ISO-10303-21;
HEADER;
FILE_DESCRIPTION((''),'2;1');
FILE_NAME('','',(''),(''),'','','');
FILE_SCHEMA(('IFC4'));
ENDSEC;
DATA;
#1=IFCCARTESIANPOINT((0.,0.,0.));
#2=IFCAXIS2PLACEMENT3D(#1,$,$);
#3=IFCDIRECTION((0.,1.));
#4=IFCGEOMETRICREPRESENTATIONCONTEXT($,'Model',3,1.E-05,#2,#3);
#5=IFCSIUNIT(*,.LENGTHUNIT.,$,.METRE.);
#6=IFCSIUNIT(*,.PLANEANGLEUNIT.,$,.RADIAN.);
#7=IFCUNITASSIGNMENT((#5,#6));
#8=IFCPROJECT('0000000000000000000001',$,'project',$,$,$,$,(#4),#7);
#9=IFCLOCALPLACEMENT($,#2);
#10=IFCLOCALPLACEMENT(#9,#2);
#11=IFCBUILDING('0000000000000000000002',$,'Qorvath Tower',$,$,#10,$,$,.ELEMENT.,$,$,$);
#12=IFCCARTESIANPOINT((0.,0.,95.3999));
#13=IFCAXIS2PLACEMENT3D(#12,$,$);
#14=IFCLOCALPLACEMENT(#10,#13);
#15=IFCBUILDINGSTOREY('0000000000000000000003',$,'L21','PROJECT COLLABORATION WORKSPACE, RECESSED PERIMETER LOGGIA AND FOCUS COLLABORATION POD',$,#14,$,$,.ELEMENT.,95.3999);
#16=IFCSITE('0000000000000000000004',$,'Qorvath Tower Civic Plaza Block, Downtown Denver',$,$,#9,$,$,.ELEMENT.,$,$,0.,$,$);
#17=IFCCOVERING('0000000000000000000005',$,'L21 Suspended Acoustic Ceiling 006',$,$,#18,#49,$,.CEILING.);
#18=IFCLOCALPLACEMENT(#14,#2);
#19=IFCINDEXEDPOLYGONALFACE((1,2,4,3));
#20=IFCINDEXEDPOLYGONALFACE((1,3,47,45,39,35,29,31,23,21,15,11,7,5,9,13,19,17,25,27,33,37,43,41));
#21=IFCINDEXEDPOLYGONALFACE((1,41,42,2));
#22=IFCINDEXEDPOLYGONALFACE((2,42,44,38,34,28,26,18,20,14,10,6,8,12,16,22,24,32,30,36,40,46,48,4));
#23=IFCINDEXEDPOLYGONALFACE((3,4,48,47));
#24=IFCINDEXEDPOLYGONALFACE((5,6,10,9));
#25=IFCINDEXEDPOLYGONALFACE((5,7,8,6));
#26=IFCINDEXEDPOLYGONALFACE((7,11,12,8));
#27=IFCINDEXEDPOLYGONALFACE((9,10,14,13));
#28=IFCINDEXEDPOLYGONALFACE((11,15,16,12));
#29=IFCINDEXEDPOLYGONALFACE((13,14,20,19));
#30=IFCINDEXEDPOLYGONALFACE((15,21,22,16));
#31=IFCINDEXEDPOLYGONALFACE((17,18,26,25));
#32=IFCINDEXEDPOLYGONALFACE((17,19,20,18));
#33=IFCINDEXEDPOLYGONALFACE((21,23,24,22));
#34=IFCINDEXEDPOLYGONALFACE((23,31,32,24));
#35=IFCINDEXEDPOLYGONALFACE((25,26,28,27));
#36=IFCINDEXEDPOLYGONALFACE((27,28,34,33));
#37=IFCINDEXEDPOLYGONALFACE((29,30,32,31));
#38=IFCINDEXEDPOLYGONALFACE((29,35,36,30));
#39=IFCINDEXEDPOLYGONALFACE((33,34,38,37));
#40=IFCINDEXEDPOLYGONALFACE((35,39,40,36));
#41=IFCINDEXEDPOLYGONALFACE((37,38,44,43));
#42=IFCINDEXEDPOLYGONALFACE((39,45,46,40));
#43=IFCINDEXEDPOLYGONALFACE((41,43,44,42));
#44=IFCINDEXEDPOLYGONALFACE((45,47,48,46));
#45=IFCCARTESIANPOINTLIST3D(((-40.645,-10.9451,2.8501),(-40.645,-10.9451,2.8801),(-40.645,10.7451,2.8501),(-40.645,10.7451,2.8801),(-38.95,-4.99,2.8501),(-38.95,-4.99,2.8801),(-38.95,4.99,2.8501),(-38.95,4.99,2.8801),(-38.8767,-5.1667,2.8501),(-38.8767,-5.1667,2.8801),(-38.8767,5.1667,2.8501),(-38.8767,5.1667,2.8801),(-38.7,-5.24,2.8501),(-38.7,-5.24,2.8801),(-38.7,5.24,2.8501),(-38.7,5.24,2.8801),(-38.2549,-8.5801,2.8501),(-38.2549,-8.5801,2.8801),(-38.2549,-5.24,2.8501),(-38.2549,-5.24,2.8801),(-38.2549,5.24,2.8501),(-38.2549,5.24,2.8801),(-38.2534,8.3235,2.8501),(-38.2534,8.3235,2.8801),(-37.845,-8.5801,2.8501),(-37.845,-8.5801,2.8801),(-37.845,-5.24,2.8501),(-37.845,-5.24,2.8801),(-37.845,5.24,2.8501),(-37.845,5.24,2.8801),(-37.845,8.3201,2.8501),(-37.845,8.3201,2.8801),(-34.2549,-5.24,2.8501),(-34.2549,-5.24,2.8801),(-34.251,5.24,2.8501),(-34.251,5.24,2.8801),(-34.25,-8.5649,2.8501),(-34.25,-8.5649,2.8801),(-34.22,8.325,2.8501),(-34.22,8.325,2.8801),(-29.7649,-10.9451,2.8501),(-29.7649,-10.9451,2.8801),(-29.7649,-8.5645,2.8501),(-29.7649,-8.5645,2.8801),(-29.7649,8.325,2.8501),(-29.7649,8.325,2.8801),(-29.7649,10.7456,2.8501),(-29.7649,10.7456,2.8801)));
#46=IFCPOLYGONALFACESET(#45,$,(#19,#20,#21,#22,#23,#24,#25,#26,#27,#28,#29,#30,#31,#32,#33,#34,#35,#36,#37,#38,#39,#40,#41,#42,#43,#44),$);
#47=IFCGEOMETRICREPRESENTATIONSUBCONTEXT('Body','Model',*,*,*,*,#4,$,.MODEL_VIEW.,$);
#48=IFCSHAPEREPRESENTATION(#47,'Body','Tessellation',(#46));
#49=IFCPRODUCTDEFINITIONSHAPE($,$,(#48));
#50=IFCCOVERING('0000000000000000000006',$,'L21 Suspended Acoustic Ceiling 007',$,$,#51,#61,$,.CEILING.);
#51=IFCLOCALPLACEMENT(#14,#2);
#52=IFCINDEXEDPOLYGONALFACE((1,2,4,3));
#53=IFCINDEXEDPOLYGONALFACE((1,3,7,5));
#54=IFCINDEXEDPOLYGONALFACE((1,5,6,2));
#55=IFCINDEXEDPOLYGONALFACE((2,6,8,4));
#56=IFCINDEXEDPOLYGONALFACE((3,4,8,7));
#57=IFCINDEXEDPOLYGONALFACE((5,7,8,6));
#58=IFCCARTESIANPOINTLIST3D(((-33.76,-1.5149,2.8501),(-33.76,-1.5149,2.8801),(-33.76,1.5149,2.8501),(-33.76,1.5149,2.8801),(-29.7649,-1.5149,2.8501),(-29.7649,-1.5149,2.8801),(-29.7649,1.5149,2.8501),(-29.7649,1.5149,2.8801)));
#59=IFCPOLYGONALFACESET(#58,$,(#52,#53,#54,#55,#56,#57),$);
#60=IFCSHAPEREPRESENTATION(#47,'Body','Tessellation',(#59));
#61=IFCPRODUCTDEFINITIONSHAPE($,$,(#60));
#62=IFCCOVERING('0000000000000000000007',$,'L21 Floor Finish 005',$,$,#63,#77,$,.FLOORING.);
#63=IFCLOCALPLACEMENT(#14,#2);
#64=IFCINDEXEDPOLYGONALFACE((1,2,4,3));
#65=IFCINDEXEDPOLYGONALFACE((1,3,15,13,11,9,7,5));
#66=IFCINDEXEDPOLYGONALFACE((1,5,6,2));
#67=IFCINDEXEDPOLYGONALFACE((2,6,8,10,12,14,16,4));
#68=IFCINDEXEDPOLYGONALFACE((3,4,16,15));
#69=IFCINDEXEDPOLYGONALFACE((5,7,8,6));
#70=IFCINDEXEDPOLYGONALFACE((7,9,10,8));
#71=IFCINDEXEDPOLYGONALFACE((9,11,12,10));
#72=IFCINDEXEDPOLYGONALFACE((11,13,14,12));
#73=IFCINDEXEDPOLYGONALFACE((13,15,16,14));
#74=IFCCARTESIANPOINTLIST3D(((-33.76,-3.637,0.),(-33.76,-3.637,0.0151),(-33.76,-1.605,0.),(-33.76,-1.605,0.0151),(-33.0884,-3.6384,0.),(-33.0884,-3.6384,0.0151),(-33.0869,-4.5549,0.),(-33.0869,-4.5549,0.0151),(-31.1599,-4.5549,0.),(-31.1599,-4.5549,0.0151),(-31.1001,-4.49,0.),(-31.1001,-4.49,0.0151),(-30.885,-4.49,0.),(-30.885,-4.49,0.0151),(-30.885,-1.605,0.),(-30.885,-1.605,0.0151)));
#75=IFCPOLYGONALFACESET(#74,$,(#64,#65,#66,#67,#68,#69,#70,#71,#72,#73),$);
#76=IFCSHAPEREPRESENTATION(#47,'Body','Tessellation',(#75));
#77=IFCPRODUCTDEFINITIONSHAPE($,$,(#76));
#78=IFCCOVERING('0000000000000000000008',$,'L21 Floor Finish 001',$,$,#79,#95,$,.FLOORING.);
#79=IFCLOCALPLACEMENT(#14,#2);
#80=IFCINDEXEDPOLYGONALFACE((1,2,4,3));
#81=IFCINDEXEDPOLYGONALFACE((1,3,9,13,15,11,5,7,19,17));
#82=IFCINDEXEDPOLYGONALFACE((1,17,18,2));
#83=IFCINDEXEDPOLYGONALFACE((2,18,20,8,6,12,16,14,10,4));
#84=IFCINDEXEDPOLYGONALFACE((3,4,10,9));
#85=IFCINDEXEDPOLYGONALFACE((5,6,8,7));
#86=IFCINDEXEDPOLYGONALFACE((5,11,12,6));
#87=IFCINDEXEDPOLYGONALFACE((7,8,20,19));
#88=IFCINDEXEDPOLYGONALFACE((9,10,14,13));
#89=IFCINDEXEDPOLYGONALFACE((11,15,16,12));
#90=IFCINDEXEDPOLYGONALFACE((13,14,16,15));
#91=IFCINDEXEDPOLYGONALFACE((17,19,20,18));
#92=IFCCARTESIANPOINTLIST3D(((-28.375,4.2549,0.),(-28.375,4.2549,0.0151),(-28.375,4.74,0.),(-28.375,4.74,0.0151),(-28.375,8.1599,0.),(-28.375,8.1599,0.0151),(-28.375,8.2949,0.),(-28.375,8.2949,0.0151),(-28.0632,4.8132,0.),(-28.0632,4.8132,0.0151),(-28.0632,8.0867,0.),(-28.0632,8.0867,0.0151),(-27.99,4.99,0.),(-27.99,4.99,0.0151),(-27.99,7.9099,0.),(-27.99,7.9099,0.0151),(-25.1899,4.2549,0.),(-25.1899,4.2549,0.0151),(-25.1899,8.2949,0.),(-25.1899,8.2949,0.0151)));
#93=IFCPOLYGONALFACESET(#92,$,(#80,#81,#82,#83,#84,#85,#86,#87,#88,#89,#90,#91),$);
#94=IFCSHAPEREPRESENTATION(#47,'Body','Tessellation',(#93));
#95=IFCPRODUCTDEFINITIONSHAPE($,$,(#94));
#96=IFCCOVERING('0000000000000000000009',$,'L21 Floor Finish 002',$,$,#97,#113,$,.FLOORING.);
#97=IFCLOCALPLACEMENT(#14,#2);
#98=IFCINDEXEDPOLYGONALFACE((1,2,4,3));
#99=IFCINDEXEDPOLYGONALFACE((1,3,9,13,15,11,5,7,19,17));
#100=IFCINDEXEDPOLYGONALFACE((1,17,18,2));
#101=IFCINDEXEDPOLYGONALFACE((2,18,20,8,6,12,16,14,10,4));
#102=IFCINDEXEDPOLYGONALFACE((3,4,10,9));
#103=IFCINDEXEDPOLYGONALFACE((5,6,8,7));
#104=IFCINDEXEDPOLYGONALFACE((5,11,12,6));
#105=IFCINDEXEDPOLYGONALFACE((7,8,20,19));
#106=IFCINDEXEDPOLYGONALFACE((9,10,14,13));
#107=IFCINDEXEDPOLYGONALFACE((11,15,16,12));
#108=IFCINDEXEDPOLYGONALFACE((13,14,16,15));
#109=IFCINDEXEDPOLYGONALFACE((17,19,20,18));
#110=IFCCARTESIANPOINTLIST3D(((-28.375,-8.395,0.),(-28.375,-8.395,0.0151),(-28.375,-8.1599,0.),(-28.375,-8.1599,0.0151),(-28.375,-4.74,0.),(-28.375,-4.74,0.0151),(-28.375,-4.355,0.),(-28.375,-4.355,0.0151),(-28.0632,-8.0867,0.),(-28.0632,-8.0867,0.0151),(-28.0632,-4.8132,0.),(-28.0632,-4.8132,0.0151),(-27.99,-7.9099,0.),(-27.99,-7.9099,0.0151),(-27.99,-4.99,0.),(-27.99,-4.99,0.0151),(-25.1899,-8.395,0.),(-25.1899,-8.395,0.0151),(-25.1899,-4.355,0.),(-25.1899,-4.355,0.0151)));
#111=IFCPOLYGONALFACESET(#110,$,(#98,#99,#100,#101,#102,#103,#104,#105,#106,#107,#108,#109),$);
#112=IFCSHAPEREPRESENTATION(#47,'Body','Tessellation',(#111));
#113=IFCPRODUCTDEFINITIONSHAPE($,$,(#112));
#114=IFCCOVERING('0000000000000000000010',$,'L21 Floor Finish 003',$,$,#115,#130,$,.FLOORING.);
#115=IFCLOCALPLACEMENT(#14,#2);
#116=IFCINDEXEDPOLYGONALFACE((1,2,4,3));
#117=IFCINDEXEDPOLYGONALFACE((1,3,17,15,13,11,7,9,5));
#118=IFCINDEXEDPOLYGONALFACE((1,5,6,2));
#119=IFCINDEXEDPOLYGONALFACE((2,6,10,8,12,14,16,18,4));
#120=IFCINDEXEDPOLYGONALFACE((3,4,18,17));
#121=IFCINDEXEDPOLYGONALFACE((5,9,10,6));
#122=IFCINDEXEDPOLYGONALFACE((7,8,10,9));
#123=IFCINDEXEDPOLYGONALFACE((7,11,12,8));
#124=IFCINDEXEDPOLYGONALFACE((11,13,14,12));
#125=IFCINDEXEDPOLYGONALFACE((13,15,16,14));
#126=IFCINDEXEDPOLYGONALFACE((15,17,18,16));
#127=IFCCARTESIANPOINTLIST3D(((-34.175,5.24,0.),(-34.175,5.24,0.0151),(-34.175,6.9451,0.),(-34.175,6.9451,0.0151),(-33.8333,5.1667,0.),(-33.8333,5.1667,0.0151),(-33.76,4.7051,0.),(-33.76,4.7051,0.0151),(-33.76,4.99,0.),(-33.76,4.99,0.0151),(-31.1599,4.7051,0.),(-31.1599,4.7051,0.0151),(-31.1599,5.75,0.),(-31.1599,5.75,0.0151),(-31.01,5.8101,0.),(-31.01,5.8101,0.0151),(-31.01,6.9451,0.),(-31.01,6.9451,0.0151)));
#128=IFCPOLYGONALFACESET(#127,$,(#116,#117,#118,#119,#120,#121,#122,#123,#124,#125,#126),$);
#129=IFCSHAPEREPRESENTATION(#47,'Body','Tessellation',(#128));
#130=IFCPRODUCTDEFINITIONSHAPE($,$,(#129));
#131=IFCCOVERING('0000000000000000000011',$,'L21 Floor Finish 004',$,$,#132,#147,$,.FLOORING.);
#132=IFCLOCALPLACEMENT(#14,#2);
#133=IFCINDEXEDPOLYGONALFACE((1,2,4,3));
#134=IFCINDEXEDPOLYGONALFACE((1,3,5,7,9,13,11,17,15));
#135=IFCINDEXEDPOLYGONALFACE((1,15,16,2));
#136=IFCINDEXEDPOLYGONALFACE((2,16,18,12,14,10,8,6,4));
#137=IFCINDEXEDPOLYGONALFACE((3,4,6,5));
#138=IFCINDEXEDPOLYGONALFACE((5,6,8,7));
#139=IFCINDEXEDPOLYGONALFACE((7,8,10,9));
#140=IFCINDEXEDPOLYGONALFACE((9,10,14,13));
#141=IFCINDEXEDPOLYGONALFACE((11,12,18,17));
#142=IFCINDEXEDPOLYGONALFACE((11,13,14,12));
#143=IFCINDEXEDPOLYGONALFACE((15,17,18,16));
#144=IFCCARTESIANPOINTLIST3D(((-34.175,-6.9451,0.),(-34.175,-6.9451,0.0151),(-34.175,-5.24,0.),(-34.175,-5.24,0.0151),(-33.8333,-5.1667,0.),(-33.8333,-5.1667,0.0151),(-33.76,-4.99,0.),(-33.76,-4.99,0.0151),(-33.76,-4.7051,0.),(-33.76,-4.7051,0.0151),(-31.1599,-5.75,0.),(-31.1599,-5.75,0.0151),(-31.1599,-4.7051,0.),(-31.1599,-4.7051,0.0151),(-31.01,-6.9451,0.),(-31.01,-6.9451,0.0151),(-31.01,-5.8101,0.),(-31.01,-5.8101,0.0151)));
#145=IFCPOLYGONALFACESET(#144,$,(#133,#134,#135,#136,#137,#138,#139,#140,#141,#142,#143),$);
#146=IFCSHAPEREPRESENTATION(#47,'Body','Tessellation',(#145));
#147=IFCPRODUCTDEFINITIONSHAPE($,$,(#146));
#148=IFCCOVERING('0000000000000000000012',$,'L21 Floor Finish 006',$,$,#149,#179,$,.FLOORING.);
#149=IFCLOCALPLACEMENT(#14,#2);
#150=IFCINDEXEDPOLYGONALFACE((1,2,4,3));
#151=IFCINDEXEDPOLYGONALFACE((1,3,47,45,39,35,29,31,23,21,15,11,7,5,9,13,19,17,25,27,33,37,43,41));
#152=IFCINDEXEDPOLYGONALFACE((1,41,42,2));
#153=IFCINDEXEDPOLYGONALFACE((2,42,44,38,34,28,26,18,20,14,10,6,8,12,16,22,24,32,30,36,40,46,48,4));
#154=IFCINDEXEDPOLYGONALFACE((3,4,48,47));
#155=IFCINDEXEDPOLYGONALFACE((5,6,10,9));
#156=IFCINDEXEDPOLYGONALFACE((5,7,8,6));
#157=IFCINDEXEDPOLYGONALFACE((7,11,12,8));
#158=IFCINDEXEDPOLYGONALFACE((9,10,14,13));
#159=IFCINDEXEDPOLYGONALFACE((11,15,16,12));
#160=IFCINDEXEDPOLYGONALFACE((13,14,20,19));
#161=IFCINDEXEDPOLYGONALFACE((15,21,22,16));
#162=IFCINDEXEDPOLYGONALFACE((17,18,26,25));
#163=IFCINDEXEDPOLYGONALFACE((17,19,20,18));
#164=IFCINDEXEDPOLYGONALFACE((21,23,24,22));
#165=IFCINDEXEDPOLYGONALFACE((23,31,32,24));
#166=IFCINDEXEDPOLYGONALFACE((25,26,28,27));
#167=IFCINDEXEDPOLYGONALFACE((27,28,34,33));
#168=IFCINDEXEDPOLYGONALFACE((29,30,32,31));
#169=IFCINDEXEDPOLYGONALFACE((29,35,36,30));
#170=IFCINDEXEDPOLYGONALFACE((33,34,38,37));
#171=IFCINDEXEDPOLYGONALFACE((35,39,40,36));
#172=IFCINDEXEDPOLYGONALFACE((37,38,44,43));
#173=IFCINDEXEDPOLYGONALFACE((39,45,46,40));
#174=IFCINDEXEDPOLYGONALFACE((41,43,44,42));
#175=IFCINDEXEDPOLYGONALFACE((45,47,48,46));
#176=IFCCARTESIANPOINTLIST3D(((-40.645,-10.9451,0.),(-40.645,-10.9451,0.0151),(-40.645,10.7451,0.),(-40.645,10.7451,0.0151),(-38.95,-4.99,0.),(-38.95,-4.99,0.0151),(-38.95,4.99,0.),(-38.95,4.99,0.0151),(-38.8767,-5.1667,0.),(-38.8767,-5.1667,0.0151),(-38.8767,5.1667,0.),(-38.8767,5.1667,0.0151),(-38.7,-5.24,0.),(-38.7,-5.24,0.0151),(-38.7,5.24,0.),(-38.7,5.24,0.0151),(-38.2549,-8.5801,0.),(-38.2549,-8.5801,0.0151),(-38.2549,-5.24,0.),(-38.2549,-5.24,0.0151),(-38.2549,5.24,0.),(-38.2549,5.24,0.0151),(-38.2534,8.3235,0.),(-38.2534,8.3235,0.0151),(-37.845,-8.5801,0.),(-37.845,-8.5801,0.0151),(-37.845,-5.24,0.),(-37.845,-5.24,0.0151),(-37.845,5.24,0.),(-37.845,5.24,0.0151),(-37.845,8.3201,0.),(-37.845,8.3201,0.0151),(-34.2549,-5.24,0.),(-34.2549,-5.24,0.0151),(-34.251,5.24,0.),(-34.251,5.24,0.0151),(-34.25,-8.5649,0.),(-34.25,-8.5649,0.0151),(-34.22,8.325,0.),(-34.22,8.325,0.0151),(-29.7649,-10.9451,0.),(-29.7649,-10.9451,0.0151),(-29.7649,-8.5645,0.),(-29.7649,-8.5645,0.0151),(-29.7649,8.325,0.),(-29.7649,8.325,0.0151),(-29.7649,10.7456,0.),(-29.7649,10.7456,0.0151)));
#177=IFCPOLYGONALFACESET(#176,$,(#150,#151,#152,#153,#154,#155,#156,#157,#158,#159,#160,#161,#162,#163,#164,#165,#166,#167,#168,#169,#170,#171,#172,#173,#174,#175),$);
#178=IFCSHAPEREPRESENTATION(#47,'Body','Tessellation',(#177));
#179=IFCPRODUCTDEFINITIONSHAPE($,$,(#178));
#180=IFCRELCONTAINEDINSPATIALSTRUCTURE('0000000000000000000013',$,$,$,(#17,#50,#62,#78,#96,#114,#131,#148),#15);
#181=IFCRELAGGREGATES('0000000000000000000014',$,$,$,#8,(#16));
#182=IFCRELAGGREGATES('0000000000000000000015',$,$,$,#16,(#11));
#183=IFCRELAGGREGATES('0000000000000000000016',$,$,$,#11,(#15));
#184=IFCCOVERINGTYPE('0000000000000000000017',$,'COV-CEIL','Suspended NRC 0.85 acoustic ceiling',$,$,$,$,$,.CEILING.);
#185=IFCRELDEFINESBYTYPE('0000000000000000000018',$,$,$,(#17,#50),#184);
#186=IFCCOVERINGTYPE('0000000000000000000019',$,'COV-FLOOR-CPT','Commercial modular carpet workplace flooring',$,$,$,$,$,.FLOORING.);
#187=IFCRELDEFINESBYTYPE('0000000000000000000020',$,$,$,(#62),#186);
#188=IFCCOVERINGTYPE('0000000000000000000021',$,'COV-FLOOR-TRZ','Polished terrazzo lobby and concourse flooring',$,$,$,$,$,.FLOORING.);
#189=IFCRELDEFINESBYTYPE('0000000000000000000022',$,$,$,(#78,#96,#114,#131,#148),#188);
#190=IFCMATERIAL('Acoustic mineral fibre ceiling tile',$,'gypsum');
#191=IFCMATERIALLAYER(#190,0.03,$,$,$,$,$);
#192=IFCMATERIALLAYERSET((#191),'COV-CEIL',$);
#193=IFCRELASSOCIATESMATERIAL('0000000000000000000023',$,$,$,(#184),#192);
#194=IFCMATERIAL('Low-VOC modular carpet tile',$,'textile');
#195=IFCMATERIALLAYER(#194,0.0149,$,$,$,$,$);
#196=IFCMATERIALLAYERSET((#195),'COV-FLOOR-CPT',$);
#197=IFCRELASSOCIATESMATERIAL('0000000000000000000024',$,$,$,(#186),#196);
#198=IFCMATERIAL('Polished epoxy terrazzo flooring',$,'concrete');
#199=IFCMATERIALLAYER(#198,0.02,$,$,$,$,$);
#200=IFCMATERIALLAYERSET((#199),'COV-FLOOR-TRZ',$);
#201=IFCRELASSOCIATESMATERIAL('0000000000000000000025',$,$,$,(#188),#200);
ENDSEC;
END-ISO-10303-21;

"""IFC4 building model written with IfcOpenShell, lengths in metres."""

from ifc_helpers import new_model, si_unit, direction, frame, origin, place, context, subcontext, project, spatial, polyline, outline, extrude, material, layer, layer_set, type_object, element, save


model = new_model("IFC4")

# Units and contexts
model_context = context("Model", 3, precision=1e-05, world=origin(), true_north=direction((0.0, 1.0)))
body_context = subcontext(model_context, "Body", "Model", "MODEL_VIEW")
ifc_project = project(units=[si_unit("LENGTHUNIT", "METRE"), si_unit("PLANEANGLEUNIT", "RADIAN")], contexts=[model_context])

# Site, building, storey
site_placement = place(None, origin())
site = spatial("IfcSite", under=ifc_project, at=site_placement, Name="Qorvath Tower Civic Plaza Block, Downtown Denver", CompositionType="ELEMENT", RefElevation=0.0)
building_placement = place(site_placement, origin())
building = spatial("IfcBuilding", under=site, at=building_placement, Name="Qorvath Tower", CompositionType="ELEMENT")
storey_placement = place(building_placement, frame((0.0, 0.0, 95.3999)))
storey = spatial("IfcBuildingStorey", under=building, at=storey_placement, Name="L21", Description="PROJECT COLLABORATION WORKSPACE, RECESSED PERIMETER LOGGIA AND FOCUS COLLABORATION POD", CompositionType="ELEMENT", Elevation=95.3999)

# Coverings
ifc_material_1 = material(Name="Acoustic mineral fibre ceiling tile", Category="gypsum")
ifc_layer_1 = layer(ifc_material_1, 0.03)
ifc_layer_set_1 = layer_set([ifc_layer_1], Name="COV-CEIL")
covering_type_1 = type_object("IfcCoveringType", Name="COV-CEIL", Description="Suspended NRC 0.85 acoustic ceiling", PredefinedType="CEILING", material=ifc_layer_set_1)
covering_1_placement = place(storey_placement, frame((0.0, 0.0, 2.8501)))
element("IfcCovering", 1, at=covering_1_placement, inside=storey, type_object=covering_type_1, Name="L21 Suspended Acoustic Ceiling 006", PredefinedType="CEILING", context=body_context, shape_type="SweptSolid", body=[
    extrude(outline(polyline([(-29.7649, -10.9451), (-29.7649, -8.5645), (-34.25, -8.5649), (-34.2549, -5.24), (-37.845, -5.24), (-37.845, -8.5801), (-38.2549, -8.5801), (-38.2549, -5.24), (-38.7, -5.24), (-38.8767, -5.1667), (-38.95, -4.99), (-38.95, 4.99), (-38.8767, 5.1667), (-38.7, 5.24), (-38.2549, 5.24), (-38.2534, 8.3235), (-37.845, 8.3201), (-37.845, 5.24), (-34.251, 5.24), (-34.22, 8.325), (-29.7649, 8.325), (-29.7649, 10.7456), (-40.645, 10.7451), (-40.645, -10.9451), (-29.7649, -10.9451)])), origin(), (0.0, 0.0, 1.0), 0.03),
])
covering_2_placement = place(storey_placement, frame((0.0, 0.0, 2.8501)))
element("IfcCovering", 2, at=covering_2_placement, inside=storey, type_object=covering_type_1, Name="L21 Suspended Acoustic Ceiling 007", PredefinedType="CEILING", context=body_context, shape_type="SweptSolid", body=[
    extrude(outline(polyline([(-29.7649, -1.5149), (-29.7649, 1.5149), (-33.76, 1.5149), (-33.76, -1.5149), (-29.7649, -1.5149)])), origin(), (0.0, 0.0, 1.0), 0.03),
])
ifc_material_2 = material(Name="Low-VOC modular carpet tile", Category="textile")
ifc_layer_2 = layer(ifc_material_2, 0.0149)
ifc_layer_set_2 = layer_set([ifc_layer_2], Name="COV-FLOOR-CPT")
covering_type_2 = type_object("IfcCoveringType", Name="COV-FLOOR-CPT", Description="Commercial modular carpet workplace flooring", PredefinedType="FLOORING", material=ifc_layer_set_2)
covering_3_placement = place(storey_placement, origin())
element("IfcCovering", 3, at=covering_3_placement, inside=storey, type_object=covering_type_2, Name="L21 Floor Finish 005", PredefinedType="FLOORING", context=body_context, shape_type="SweptSolid", body=[
    extrude(outline(polyline([(-30.885, -4.49), (-30.885, -1.605), (-33.76, -1.605), (-33.76, -3.637), (-33.0884, -3.6384), (-33.0869, -4.5549), (-31.1599, -4.5549), (-31.1001, -4.49), (-30.885, -4.49)])), origin(), (0.0, 0.0, 1.0), 0.0151),
])
ifc_material_3 = material(Name="Polished epoxy terrazzo flooring", Category="concrete")
ifc_layer_3 = layer(ifc_material_3, 0.02)
ifc_layer_set_3 = layer_set([ifc_layer_3], Name="COV-FLOOR-TRZ")
covering_type_3 = type_object("IfcCoveringType", Name="COV-FLOOR-TRZ", Description="Polished terrazzo lobby and concourse flooring", PredefinedType="FLOORING", material=ifc_layer_set_3)
covering_4_placement = place(storey_placement, origin())
element("IfcCovering", 4, at=covering_4_placement, inside=storey, type_object=covering_type_3, Name="L21 Floor Finish 001", PredefinedType="FLOORING", context=body_context, shape_type="SweptSolid", body=[
    extrude(outline(polyline([(-25.1899, 4.2549), (-25.1899, 8.2949), (-28.375, 8.2949), (-28.375, 8.1599), (-28.0632, 8.0867), (-27.99, 7.9099), (-27.99, 4.99), (-28.0632, 4.8132), (-28.375, 4.74), (-28.375, 4.2549), (-25.1899, 4.2549)])), origin(), (0.0, 0.0, 1.0), 0.0151),
])
covering_5_placement = place(storey_placement, origin())
element("IfcCovering", 5, at=covering_5_placement, inside=storey, type_object=covering_type_3, Name="L21 Floor Finish 002", PredefinedType="FLOORING", context=body_context, shape_type="SweptSolid", body=[
    extrude(outline(polyline([(-25.1899, -8.395), (-25.1899, -4.355), (-28.375, -4.355), (-28.375, -4.74), (-28.0632, -4.8132), (-27.99, -4.99), (-27.99, -7.9099), (-28.0632, -8.0867), (-28.375, -8.1599), (-28.375, -8.395), (-25.1899, -8.395)])), origin(), (0.0, 0.0, 1.0), 0.0151),
])
covering_6_placement = place(storey_placement, origin())
element("IfcCovering", 6, at=covering_6_placement, inside=storey, type_object=covering_type_3, Name="L21 Floor Finish 003", PredefinedType="FLOORING", context=body_context, shape_type="SweptSolid", body=[
    extrude(outline(polyline([(-31.01, 6.9451), (-34.175, 6.9451), (-34.175, 5.24), (-33.8333, 5.1667), (-33.76, 4.99), (-33.76, 4.7051), (-31.1599, 4.7051), (-31.1599, 5.75), (-31.01, 5.8101), (-31.01, 6.9451)])), origin(), (0.0, 0.0, 1.0), 0.0151),
])
covering_7_placement = place(storey_placement, origin())
element("IfcCovering", 7, at=covering_7_placement, inside=storey, type_object=covering_type_3, Name="L21 Floor Finish 004", PredefinedType="FLOORING", context=body_context, shape_type="SweptSolid", body=[
    extrude(outline(polyline([(-31.1599, -4.7051), (-33.76, -4.7051), (-33.76, -4.99), (-33.8333, -5.1667), (-34.175, -5.24), (-34.175, -6.9451), (-31.01, -6.9451), (-31.01, -5.8101), (-31.1599, -5.75), (-31.1599, -4.7051)])), origin(), (0.0, 0.0, 1.0), 0.0151),
])
covering_8_placement = place(storey_placement, origin())
element("IfcCovering", 8, at=covering_8_placement, inside=storey, type_object=covering_type_3, Name="L21 Floor Finish 006", PredefinedType="FLOORING", context=body_context, shape_type="SweptSolid", body=[
    extrude(outline(polyline([(-29.7649, -10.9451), (-29.7649, -8.5645), (-34.25, -8.5649), (-34.2549, -5.24), (-37.845, -5.24), (-37.845, -8.5801), (-38.2549, -8.5801), (-38.2549, -5.24), (-38.7, -5.24), (-38.8767, -5.1667), (-38.95, -4.99), (-38.95, 4.99), (-38.8767, 5.1667), (-38.7, 5.24), (-38.2549, 5.24), (-38.2534, 8.3235), (-37.845, 8.3201), (-37.845, 5.24), (-34.251, 5.24), (-34.22, 8.325), (-29.7649, 8.325), (-29.7649, 10.7456), (-40.645, 10.7451), (-40.645, -10.9451), (-29.7649, -10.9451)])), origin(), (0.0, 0.0, 1.0), 0.0151),
])

save(model, "model.ifc")
